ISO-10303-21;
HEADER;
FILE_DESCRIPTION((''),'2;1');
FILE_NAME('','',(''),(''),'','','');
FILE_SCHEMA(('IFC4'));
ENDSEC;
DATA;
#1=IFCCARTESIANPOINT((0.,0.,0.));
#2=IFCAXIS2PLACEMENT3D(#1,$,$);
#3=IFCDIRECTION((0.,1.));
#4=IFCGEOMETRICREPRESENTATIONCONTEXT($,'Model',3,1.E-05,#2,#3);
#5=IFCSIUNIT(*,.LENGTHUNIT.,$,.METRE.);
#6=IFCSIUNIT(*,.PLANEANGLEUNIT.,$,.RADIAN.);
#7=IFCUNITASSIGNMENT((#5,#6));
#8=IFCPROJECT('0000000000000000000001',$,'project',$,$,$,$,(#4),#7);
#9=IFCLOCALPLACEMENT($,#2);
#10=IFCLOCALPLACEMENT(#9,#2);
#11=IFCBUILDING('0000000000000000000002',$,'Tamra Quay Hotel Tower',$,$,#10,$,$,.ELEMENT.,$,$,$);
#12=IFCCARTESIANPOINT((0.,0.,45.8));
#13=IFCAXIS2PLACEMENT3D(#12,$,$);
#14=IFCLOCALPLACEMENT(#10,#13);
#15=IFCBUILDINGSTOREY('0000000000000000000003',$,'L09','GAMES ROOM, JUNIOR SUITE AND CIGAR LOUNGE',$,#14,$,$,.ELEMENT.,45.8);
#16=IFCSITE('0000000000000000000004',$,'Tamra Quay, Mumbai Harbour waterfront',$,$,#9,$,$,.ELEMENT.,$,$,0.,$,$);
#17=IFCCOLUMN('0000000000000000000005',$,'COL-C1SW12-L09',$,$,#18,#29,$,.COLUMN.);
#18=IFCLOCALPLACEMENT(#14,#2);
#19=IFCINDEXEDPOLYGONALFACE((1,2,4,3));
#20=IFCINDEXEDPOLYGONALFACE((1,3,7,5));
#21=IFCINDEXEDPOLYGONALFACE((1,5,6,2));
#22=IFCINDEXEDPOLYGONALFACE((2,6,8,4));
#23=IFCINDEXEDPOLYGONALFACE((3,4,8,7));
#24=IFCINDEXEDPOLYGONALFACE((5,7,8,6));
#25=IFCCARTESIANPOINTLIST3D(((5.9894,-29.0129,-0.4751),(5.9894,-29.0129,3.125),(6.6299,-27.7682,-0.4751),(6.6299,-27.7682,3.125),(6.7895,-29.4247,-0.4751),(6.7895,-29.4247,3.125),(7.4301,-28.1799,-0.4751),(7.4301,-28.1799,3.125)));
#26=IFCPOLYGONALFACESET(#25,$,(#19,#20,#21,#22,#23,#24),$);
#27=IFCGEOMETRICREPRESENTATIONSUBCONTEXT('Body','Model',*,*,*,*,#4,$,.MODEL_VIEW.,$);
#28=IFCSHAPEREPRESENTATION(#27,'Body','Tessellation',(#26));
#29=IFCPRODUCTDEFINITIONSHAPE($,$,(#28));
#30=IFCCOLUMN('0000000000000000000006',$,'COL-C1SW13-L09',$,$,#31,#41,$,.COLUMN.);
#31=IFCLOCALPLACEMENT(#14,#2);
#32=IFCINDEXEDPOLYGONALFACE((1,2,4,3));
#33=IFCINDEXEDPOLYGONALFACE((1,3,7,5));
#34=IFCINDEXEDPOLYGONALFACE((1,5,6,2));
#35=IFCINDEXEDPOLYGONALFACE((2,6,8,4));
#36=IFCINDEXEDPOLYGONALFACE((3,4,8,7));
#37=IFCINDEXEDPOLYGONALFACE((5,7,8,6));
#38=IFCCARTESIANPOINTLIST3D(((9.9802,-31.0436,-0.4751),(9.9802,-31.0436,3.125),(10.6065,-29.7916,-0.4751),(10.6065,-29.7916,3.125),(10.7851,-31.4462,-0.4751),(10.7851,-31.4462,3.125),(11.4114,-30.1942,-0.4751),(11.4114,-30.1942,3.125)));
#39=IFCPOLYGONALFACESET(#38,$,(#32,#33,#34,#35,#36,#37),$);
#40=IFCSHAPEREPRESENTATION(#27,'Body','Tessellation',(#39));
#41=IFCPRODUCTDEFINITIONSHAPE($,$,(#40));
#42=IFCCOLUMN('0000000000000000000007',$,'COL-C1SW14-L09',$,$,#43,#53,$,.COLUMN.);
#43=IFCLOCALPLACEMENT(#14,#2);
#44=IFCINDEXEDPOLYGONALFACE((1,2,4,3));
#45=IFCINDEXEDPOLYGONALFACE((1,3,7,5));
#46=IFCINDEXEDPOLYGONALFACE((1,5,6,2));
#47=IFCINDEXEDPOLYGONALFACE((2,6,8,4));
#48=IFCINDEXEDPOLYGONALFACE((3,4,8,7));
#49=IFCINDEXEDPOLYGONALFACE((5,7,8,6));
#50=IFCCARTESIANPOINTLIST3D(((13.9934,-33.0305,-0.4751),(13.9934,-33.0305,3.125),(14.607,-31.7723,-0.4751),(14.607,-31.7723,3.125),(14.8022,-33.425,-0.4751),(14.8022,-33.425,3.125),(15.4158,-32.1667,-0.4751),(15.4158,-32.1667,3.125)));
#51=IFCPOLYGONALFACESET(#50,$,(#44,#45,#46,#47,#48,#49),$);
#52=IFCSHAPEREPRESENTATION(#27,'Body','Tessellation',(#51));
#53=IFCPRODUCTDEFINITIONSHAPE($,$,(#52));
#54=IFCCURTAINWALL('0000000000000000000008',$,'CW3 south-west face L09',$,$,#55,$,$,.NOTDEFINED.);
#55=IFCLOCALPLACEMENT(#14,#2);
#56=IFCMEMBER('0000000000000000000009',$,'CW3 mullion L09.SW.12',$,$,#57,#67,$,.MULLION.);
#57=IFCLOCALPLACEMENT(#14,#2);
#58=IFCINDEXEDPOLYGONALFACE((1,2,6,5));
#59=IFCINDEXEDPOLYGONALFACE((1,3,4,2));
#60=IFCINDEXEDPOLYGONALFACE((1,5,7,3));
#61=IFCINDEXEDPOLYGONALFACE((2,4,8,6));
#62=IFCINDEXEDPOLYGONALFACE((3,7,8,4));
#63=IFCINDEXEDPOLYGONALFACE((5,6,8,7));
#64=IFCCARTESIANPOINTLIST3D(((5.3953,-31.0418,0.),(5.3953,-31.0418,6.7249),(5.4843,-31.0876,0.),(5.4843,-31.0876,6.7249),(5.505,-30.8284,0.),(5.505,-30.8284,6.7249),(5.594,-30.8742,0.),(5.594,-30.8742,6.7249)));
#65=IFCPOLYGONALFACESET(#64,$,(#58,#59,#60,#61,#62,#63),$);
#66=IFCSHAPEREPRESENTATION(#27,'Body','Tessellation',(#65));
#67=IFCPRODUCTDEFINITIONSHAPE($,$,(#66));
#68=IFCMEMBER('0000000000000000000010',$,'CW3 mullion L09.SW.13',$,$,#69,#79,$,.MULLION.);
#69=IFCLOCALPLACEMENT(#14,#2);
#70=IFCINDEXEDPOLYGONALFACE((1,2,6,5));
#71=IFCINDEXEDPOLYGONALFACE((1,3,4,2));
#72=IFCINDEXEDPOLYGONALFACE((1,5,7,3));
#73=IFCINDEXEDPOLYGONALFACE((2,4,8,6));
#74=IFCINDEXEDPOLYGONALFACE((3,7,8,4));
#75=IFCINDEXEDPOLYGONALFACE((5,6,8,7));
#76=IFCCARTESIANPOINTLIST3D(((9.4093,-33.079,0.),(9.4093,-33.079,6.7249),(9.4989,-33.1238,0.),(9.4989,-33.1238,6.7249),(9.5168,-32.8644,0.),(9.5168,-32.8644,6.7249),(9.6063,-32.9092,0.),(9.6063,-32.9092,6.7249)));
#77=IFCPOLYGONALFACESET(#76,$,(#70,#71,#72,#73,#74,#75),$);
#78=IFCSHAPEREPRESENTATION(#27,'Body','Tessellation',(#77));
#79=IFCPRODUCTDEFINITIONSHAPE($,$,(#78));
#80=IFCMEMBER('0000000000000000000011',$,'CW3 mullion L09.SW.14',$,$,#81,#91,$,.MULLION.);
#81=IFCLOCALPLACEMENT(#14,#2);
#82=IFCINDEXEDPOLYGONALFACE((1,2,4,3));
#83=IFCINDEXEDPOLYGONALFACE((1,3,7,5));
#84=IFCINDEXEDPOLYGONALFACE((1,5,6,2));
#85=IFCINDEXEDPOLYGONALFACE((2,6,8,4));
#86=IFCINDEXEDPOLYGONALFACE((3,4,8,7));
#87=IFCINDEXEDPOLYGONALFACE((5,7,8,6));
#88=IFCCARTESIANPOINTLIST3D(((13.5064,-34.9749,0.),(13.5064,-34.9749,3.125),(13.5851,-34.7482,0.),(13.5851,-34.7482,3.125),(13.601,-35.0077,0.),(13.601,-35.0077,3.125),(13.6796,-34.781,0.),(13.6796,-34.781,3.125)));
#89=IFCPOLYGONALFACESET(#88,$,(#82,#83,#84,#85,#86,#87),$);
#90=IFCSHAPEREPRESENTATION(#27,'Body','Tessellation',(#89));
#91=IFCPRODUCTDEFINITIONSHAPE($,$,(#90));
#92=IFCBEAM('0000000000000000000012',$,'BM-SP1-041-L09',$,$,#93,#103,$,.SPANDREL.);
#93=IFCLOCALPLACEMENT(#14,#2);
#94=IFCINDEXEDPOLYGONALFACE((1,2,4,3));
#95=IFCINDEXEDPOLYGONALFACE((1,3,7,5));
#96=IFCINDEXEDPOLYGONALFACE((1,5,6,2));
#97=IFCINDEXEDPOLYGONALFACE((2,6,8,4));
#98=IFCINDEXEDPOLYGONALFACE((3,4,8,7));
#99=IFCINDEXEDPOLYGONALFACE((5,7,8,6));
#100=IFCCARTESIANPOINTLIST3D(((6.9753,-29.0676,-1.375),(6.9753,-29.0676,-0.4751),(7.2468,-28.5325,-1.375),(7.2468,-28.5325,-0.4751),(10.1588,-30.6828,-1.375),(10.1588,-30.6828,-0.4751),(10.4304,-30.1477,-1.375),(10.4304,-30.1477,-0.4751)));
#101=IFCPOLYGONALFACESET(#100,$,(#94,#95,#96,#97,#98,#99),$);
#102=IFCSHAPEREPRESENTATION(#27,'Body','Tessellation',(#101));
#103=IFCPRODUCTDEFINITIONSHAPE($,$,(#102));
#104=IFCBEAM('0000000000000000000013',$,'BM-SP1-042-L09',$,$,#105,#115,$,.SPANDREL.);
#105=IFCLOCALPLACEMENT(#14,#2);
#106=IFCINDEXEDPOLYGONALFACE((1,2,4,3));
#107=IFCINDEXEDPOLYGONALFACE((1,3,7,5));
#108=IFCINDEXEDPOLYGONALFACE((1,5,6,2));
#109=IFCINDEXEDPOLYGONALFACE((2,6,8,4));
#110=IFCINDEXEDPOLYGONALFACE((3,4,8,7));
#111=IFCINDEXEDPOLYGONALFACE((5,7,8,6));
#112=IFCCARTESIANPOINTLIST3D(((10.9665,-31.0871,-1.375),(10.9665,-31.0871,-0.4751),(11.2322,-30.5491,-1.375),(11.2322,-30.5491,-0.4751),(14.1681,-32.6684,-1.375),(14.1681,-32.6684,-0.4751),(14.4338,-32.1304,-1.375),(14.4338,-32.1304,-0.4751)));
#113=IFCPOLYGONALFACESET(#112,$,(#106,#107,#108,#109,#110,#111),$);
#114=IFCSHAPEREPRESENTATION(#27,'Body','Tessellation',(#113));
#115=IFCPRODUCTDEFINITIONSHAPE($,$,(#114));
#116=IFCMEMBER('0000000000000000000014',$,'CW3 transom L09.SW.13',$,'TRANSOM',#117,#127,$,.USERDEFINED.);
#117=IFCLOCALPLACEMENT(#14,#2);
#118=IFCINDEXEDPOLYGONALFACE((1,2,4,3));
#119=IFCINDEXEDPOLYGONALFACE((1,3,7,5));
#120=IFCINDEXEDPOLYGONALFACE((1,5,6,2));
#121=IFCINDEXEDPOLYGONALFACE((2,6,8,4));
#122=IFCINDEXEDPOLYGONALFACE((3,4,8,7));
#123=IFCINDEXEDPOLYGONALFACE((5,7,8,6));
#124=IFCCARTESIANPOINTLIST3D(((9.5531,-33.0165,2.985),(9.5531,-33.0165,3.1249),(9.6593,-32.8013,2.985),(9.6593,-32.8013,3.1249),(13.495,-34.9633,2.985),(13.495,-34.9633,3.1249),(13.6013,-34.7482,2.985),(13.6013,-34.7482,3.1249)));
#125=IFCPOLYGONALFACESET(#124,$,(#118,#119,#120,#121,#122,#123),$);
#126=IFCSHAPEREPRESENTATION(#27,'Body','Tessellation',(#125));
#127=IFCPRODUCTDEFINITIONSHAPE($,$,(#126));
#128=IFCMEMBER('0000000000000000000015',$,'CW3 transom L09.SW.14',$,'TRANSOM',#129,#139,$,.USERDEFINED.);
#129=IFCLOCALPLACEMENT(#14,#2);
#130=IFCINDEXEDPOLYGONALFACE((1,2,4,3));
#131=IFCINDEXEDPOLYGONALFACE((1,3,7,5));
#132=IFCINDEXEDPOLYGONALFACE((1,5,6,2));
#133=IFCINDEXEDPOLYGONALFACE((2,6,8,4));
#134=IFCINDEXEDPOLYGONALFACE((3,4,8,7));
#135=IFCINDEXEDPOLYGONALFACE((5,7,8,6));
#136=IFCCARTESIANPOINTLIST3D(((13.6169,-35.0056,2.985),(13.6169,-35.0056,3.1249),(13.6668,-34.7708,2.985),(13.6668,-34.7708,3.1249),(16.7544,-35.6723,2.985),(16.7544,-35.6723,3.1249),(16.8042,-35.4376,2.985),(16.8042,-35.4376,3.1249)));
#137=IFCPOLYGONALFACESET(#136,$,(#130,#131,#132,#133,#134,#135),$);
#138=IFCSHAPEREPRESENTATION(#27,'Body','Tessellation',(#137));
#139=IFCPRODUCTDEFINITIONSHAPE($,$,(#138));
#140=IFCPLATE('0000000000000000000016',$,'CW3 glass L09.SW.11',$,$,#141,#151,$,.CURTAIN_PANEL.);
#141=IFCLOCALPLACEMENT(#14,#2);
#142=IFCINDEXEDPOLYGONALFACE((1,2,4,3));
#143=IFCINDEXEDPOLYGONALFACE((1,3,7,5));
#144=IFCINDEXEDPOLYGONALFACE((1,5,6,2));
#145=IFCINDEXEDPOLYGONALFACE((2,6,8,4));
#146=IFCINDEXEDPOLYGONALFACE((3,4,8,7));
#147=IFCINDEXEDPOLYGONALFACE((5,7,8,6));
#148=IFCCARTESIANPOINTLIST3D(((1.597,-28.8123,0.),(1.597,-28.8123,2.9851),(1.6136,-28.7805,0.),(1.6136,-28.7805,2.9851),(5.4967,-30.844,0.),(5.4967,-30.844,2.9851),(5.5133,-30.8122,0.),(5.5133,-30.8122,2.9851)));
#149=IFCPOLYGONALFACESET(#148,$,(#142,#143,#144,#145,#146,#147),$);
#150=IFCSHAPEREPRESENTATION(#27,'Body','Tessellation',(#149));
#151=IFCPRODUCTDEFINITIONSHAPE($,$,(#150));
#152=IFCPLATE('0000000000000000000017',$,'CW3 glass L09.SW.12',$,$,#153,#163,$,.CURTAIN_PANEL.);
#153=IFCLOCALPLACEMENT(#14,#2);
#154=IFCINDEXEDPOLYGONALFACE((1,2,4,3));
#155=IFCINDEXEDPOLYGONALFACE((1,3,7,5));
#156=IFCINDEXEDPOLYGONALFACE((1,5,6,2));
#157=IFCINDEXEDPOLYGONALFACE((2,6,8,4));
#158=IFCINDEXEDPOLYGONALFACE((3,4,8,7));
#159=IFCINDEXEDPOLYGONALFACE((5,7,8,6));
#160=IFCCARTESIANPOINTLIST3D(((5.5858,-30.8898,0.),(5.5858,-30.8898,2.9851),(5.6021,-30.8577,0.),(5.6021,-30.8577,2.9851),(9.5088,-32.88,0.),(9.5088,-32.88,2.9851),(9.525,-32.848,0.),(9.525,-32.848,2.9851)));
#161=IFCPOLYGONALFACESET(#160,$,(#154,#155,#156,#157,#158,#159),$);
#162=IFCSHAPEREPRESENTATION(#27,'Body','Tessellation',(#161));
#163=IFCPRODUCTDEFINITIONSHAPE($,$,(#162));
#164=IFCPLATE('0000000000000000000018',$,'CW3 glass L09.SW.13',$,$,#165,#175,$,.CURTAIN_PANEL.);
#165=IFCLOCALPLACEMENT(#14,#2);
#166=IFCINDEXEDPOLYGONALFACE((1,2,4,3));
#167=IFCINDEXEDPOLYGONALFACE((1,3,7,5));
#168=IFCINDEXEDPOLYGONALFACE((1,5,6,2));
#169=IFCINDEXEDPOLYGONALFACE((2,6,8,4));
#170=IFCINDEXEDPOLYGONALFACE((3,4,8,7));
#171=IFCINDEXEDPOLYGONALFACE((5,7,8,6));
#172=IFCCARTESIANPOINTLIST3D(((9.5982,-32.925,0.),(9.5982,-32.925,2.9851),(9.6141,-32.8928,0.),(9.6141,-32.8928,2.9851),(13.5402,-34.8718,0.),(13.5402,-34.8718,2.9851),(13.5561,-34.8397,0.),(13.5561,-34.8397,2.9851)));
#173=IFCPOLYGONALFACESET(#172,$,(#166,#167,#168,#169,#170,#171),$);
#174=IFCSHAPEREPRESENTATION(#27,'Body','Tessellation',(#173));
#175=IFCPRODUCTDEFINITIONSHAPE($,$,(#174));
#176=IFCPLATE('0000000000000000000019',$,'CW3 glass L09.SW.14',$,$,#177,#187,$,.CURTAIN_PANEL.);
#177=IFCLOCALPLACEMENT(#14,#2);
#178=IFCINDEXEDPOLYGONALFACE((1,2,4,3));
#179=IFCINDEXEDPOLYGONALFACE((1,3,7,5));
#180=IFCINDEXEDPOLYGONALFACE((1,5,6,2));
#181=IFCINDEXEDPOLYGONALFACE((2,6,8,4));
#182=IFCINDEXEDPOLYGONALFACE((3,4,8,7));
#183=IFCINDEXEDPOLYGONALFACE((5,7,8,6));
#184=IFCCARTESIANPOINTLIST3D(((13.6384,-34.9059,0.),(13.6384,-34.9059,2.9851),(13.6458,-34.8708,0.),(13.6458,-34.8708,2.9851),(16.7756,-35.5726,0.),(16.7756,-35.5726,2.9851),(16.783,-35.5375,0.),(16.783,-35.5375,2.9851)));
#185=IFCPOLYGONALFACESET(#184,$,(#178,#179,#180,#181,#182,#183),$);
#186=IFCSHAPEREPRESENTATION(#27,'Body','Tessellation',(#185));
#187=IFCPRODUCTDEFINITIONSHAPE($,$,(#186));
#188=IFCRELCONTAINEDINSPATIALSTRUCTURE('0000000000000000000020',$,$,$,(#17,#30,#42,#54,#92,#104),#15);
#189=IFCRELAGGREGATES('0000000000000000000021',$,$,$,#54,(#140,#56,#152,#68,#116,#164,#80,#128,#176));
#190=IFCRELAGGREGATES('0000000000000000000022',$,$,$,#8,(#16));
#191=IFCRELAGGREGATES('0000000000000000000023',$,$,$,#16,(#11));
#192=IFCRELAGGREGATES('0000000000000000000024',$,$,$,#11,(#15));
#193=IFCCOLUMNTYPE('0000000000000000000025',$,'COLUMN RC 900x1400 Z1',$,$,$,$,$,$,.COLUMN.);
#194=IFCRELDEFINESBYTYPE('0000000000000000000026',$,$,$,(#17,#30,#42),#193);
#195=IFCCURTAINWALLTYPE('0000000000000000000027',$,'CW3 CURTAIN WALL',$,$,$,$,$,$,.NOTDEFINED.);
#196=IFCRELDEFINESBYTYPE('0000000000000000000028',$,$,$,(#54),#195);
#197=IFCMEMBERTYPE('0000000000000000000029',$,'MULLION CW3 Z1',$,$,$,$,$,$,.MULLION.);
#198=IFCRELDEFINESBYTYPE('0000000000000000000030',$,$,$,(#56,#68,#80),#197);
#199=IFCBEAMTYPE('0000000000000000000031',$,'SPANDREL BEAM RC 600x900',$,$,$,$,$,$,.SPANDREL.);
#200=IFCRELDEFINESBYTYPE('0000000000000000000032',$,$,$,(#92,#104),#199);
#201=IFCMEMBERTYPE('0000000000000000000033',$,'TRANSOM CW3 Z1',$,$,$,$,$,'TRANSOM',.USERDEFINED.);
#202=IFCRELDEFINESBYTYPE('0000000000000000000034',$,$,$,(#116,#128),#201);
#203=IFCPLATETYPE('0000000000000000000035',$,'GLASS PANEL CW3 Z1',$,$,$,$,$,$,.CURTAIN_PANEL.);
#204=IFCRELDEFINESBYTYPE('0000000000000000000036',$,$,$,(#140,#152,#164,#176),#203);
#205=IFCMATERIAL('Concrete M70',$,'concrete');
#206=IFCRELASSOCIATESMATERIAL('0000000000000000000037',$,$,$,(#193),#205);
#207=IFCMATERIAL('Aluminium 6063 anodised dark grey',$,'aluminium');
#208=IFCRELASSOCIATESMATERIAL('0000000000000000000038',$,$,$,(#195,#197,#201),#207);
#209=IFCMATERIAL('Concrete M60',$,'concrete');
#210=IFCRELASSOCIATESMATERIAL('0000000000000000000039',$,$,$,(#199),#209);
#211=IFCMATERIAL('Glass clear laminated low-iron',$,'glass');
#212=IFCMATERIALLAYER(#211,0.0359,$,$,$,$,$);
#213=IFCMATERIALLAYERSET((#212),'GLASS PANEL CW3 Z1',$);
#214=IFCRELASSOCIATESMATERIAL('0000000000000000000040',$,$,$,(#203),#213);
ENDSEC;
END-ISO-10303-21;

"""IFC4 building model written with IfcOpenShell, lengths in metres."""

from ifc_helpers import new_model, si_unit, direction, frame, origin, origin_2d, place, context, subcontext, project, spatial, rectangle, extrude, material, layer, layer_set, material_profile, profile_set, type_object, element, aggregate, save


model = new_model("IFC4")

# Units and contexts
model_context = context("Model", 3, precision=1e-05, world=origin(), true_north=direction((0.0, 1.0)))
body_context = subcontext(model_context, "Body", "Model", "MODEL_VIEW")
ifc_project = project(units=[si_unit("LENGTHUNIT", "METRE"), si_unit("PLANEANGLEUNIT", "RADIAN")], contexts=[model_context])

# Site, building, storey
site_placement = place(None, origin())
site = spatial("IfcSite", under=ifc_project, at=site_placement, Name="Tamra Quay, Mumbai Harbour waterfront", CompositionType="ELEMENT", RefElevation=0.0)
building_placement = place(site_placement, origin())
building = spatial("IfcBuilding", under=site, at=building_placement, Name="Tamra Quay Hotel Tower", CompositionType="ELEMENT")
storey_placement = place(building_placement, frame((0.0, 0.0, 45.8)))
storey = spatial("IfcBuildingStorey", under=building, at=storey_placement, Name="L09", Description="GAMES ROOM, JUNIOR SUITE AND CIGAR LOUNGE", CompositionType="ELEMENT", Elevation=45.8)

# Columns
ifc_material_1 = material(Name="Concrete M70", Category="concrete")
ifc_material_profile_1 = material_profile(ifc_material_1, rectangle(XDim=1.3999, YDim=0.8999, at=origin_2d()), Name="COLUMN RC 900x1400 Z1")
ifc_profile_set_1 = profile_set([ifc_material_profile_1], Name="Concrete M70")
column_type = type_object("IfcColumnType", Name="COLUMN RC 900x1400 Z1", PredefinedType="COLUMN", material=ifc_profile_set_1)
for number, where, z_axis, x_axis, name in (
    (1, (6.7097, -28.5964, -0.4751), (0.0, 0.0, 1.0), (0.457548, 0.889185, 0.0), "COL-C1SW12-L09"),
    (2, (10.6958, -30.6189, -0.4751), (0.0, 0.0, 1.0), (0.447377, 0.894346, 0.0), "COL-C1SW13-L09"),
    (3, (14.7046, -32.5986, -0.4751), (0.0, 0.0, 1.0), (0.438341, 0.898809, 0.0), "COL-C1SW14-L09"),
):
    element("IfcColumn", number, at=place(storey_placement, frame(where, z_axis=z_axis, x_axis=x_axis)), inside=storey, type_object=column_type, Name=name, PredefinedType="COLUMN", context=body_context, shape_type="SweptSolid", body=[
        extrude(rectangle(XDim=1.3999, YDim=0.8999, at=origin_2d()), origin(), (0.0, 0.0, 1.0), 3.6001),
    ])

# Curtain wall, members
ifc_material_2 = material(Name="Aluminium 6063 anodised dark grey", Category="aluminium")
curtain_wall_type = type_object("IfcCurtainWallType", Name="CW3 CURTAIN WALL", PredefinedType="NOTDEFINED", material=ifc_material_2)
curtain_wall_placement = place(storey_placement, origin())
curtain_wall = element("IfcCurtainWall", 4, at=curtain_wall_placement, inside=storey, type_object=curtain_wall_type, Name="CW3 south-west face L09", PredefinedType="NOTDEFINED")
ifc_material_profile_2 = material_profile(ifc_material_2, rectangle(XDim=0.24, YDim=0.1001, at=origin_2d()), Name="MULLION 100X240")
ifc_profile_set_2 = profile_set([ifc_material_profile_2], Name="Aluminium 6063 anodised dark grey")
member_type_1 = type_object("IfcMemberType", Name="MULLION CW3 Z1", PredefinedType="MULLION", material=ifc_profile_set_2)
member_1_placement = place(storey_placement, frame((5.4946, -30.958, 0.0), z_axis=(0.0, 0.0, 1.0), x_axis=(-0.457254, -0.889336, 0.0)))
member_1 = element("IfcMember", 5, at=member_1_placement, type_object=member_type_1, Name="CW3 mullion L09.SW.12", PredefinedType="MULLION", context=body_context, shape_type="SweptSolid", body=[
    extrude(rectangle(XDim=0.24, YDim=0.1001, at=origin_2d()), origin(), (0.0, 0.0, 1.0), 6.7249),
])
member_2_placement = place(storey_placement, frame((9.5078, -32.9941, 0.0), z_axis=(0.0, 0.0, 1.0), x_axis=(-0.447641, -0.894213, 0.0)))
member_2 = element("IfcMember", 6, at=member_2_placement, type_object=member_type_1, Name="CW3 mullion L09.SW.13", PredefinedType="MULLION", context=body_context, shape_type="SweptSolid", body=[
    extrude(rectangle(XDim=0.24, YDim=0.1001, at=origin_2d()), origin(), (0.0, 0.0, 1.0), 6.7249),
])
member_3_placement = place(storey_placement, frame((13.593, -34.8779, 0.0), z_axis=(0.0, 0.0, 1.0), x_axis=(-0.327898, -0.944713, 0.0)))
member_3 = element("IfcMember", 7, at=member_3_placement, type_object=member_type_1, Name="CW3 mullion L09.SW.14", PredefinedType="MULLION", context=body_context, shape_type="SweptSolid", body=[
    extrude(rectangle(XDim=0.24, YDim=0.1001, at=origin_2d()), origin(), (0.0, 0.0, 1.0), 3.125),
])

# Beams
ifc_material_3 = material(Name="Concrete M60", Category="concrete")
ifc_material_profile_3 = material_profile(ifc_material_3, rectangle(XDim=0.6001, YDim=0.8999, at=origin_2d()), Name="SPANDREL BEAM RC 600x900")
ifc_profile_set_3 = profile_set([ifc_material_profile_3], Name="Concrete M60")
beam_type = type_object("IfcBeamType", Name="SPANDREL BEAM RC 600x900", PredefinedType="SPANDREL", material=ifc_profile_set_3)
beam_1_placement = place(storey_placement, frame((7.1111, -28.8, -0.925), z_axis=(0.891786, -0.452458, 0.0), x_axis=(0.452458, 0.891786, 0.0)))
element("IfcBeam", 8, at=beam_1_placement, inside=storey, type_object=beam_type, Name="BM-SP1-041-L09", PredefinedType="SPANDREL", context=body_context, shape_type="SweptSolid", body=[
    extrude(rectangle(XDim=0.6001, YDim=0.8999, at=origin_2d()), origin(), (0.0, 0.0, 1.0), 3.5698),
])
beam_2_placement = place(storey_placement, frame((11.0994, -30.8181, -0.925), z_axis=(0.896604, -0.442833, 0.0), x_axis=(0.442833, 0.896604, 0.0)))
element("IfcBeam", 9, at=beam_2_placement, inside=storey, type_object=beam_type, Name="BM-SP1-042-L09", PredefinedType="SPANDREL", context=body_context, shape_type="SweptSolid", body=[
    extrude(rectangle(XDim=0.6001, YDim=0.8999, at=origin_2d()), origin(), (0.0, 0.0, 1.0), 3.5708),
])

# Members
ifc_material_profile_4 = material_profile(ifc_material_2, rectangle(XDim=0.24, YDim=0.1399, at=origin_2d()), Name="TRANSOM 240X140")
ifc_profile_set_4 = profile_set([ifc_material_profile_4], Name="Aluminium 6063 anodised dark grey")
member_type_2 = type_object("IfcMemberType", Name="TRANSOM CW3 Z1", ElementType="TRANSOM", PredefinedType="USERDEFINED", material=ifc_profile_set_4)
member_4_placement = place(storey_placement, frame((9.6062, -32.9089, 3.0549), z_axis=(0.896615, -0.44281, 0.0), x_axis=(0.44281, 0.896615, 0.0)))
member_4 = element("IfcMember", 10, at=member_4_placement, type_object=member_type_2, Name="CW3 transom L09.SW.13", ObjectType="TRANSOM", PredefinedType="USERDEFINED", context=body_context, shape_type="SweptSolid", body=[
    extrude(rectangle(XDim=0.24, YDim=0.1399, at=origin_2d()), origin(), (0.0, 0.0, 1.0), 4.3965),
])
member_5_placement = place(storey_placement, frame((13.6418, -34.8882, 3.0549), z_axis=(0.978156, -0.207871, 0.0), x_axis=(0.207871, 0.978156, 0.0)))
member_5 = element("IfcMember", 11, at=member_5_placement, type_object=member_type_2, Name="CW3 transom L09.SW.14", ObjectType="TRANSOM", PredefinedType="USERDEFINED", context=body_context, shape_type="SweptSolid", body=[
    extrude(rectangle(XDim=0.24, YDim=0.1399, at=origin_2d()), origin(), (0.0, 0.0, 1.0), 3.2075),
])

# Plates
ifc_material_4 = material(Name="Glass clear laminated low-iron", Category="glass")
ifc_layer_1 = layer(ifc_material_4, 0.0359)
ifc_layer_set_1 = layer_set([ifc_layer_1], Name="GLASS PANEL CW3 Z1")
plate_type = type_object("IfcPlateType", Name="GLASS PANEL CW3 Z1", PredefinedType="CURTAIN_PANEL", material=ifc_layer_set_1)
plate_1_placement = place(storey_placement, frame((3.5552, -29.8123, 0.0), z_axis=(0.0, 0.0, 1.0), x_axis=(0.886856, -0.462045, 0.0)))
plate_1 = element("IfcPlate", 12, at=plate_1_placement, type_object=plate_type, Name="CW3 glass L09.SW.11", PredefinedType="CURTAIN_PANEL", context=body_context, shape_type="SweptSolid", body=[
    extrude(rectangle(XDim=4.3972, YDim=0.0359, at=origin_2d()), origin(), (0.0, 0.0, 1.0), 2.9851),
])
plate_2_placement = place(storey_placement, frame((7.5554, -31.8689, 0.0), z_axis=(0.0, 0.0, 1.0), x_axis=(0.89179, -0.45245, 0.0)))
plate_2 = element("IfcPlate", 13, at=plate_2_placement, type_object=plate_type, Name="CW3 glass L09.SW.12", PredefinedType="CURTAIN_PANEL", context=body_context, shape_type="SweptSolid", body=[
    extrude(rectangle(XDim=4.3989, YDim=0.0359, at=origin_2d()), origin(), (0.0, 0.0, 1.0), 2.9851),
])
plate_3_placement = place(storey_placement, frame((11.5771, -33.8823, 0.0), z_axis=(0.0, 0.0, 1.0), x_axis=(0.896611, -0.442819, 0.0)))
plate_3 = element("IfcPlate", 14, at=plate_3_placement, type_object=plate_type, Name="CW3 glass L09.SW.13", PredefinedType="CURTAIN_PANEL", context=body_context, shape_type="SweptSolid", body=[
    extrude(rectangle(XDim=4.3965, YDim=0.0359, at=origin_2d()), origin(), (0.0, 0.0, 1.0), 2.9851),
])
plate_4_placement = place(storey_placement, frame((15.2107, -35.2217, 0.0), z_axis=(0.0, 0.0, 1.0), x_axis=(0.978153, -0.207887, 0.0)))
plate_4 = element("IfcPlate", 15, at=plate_4_placement, type_object=plate_type, Name="CW3 glass L09.SW.14", PredefinedType="CURTAIN_PANEL", context=body_context, shape_type="SweptSolid", body=[
    extrude(rectangle(XDim=3.2073, YDim=0.0359, at=origin_2d()), origin(), (0.0, 0.0, 1.0), 2.9851),
])
aggregate(curtain_wall, [plate_1, member_1, plate_2, member_2, member_4, plate_3, member_3, member_5, plate_4])

save(model, "model.ifc")
